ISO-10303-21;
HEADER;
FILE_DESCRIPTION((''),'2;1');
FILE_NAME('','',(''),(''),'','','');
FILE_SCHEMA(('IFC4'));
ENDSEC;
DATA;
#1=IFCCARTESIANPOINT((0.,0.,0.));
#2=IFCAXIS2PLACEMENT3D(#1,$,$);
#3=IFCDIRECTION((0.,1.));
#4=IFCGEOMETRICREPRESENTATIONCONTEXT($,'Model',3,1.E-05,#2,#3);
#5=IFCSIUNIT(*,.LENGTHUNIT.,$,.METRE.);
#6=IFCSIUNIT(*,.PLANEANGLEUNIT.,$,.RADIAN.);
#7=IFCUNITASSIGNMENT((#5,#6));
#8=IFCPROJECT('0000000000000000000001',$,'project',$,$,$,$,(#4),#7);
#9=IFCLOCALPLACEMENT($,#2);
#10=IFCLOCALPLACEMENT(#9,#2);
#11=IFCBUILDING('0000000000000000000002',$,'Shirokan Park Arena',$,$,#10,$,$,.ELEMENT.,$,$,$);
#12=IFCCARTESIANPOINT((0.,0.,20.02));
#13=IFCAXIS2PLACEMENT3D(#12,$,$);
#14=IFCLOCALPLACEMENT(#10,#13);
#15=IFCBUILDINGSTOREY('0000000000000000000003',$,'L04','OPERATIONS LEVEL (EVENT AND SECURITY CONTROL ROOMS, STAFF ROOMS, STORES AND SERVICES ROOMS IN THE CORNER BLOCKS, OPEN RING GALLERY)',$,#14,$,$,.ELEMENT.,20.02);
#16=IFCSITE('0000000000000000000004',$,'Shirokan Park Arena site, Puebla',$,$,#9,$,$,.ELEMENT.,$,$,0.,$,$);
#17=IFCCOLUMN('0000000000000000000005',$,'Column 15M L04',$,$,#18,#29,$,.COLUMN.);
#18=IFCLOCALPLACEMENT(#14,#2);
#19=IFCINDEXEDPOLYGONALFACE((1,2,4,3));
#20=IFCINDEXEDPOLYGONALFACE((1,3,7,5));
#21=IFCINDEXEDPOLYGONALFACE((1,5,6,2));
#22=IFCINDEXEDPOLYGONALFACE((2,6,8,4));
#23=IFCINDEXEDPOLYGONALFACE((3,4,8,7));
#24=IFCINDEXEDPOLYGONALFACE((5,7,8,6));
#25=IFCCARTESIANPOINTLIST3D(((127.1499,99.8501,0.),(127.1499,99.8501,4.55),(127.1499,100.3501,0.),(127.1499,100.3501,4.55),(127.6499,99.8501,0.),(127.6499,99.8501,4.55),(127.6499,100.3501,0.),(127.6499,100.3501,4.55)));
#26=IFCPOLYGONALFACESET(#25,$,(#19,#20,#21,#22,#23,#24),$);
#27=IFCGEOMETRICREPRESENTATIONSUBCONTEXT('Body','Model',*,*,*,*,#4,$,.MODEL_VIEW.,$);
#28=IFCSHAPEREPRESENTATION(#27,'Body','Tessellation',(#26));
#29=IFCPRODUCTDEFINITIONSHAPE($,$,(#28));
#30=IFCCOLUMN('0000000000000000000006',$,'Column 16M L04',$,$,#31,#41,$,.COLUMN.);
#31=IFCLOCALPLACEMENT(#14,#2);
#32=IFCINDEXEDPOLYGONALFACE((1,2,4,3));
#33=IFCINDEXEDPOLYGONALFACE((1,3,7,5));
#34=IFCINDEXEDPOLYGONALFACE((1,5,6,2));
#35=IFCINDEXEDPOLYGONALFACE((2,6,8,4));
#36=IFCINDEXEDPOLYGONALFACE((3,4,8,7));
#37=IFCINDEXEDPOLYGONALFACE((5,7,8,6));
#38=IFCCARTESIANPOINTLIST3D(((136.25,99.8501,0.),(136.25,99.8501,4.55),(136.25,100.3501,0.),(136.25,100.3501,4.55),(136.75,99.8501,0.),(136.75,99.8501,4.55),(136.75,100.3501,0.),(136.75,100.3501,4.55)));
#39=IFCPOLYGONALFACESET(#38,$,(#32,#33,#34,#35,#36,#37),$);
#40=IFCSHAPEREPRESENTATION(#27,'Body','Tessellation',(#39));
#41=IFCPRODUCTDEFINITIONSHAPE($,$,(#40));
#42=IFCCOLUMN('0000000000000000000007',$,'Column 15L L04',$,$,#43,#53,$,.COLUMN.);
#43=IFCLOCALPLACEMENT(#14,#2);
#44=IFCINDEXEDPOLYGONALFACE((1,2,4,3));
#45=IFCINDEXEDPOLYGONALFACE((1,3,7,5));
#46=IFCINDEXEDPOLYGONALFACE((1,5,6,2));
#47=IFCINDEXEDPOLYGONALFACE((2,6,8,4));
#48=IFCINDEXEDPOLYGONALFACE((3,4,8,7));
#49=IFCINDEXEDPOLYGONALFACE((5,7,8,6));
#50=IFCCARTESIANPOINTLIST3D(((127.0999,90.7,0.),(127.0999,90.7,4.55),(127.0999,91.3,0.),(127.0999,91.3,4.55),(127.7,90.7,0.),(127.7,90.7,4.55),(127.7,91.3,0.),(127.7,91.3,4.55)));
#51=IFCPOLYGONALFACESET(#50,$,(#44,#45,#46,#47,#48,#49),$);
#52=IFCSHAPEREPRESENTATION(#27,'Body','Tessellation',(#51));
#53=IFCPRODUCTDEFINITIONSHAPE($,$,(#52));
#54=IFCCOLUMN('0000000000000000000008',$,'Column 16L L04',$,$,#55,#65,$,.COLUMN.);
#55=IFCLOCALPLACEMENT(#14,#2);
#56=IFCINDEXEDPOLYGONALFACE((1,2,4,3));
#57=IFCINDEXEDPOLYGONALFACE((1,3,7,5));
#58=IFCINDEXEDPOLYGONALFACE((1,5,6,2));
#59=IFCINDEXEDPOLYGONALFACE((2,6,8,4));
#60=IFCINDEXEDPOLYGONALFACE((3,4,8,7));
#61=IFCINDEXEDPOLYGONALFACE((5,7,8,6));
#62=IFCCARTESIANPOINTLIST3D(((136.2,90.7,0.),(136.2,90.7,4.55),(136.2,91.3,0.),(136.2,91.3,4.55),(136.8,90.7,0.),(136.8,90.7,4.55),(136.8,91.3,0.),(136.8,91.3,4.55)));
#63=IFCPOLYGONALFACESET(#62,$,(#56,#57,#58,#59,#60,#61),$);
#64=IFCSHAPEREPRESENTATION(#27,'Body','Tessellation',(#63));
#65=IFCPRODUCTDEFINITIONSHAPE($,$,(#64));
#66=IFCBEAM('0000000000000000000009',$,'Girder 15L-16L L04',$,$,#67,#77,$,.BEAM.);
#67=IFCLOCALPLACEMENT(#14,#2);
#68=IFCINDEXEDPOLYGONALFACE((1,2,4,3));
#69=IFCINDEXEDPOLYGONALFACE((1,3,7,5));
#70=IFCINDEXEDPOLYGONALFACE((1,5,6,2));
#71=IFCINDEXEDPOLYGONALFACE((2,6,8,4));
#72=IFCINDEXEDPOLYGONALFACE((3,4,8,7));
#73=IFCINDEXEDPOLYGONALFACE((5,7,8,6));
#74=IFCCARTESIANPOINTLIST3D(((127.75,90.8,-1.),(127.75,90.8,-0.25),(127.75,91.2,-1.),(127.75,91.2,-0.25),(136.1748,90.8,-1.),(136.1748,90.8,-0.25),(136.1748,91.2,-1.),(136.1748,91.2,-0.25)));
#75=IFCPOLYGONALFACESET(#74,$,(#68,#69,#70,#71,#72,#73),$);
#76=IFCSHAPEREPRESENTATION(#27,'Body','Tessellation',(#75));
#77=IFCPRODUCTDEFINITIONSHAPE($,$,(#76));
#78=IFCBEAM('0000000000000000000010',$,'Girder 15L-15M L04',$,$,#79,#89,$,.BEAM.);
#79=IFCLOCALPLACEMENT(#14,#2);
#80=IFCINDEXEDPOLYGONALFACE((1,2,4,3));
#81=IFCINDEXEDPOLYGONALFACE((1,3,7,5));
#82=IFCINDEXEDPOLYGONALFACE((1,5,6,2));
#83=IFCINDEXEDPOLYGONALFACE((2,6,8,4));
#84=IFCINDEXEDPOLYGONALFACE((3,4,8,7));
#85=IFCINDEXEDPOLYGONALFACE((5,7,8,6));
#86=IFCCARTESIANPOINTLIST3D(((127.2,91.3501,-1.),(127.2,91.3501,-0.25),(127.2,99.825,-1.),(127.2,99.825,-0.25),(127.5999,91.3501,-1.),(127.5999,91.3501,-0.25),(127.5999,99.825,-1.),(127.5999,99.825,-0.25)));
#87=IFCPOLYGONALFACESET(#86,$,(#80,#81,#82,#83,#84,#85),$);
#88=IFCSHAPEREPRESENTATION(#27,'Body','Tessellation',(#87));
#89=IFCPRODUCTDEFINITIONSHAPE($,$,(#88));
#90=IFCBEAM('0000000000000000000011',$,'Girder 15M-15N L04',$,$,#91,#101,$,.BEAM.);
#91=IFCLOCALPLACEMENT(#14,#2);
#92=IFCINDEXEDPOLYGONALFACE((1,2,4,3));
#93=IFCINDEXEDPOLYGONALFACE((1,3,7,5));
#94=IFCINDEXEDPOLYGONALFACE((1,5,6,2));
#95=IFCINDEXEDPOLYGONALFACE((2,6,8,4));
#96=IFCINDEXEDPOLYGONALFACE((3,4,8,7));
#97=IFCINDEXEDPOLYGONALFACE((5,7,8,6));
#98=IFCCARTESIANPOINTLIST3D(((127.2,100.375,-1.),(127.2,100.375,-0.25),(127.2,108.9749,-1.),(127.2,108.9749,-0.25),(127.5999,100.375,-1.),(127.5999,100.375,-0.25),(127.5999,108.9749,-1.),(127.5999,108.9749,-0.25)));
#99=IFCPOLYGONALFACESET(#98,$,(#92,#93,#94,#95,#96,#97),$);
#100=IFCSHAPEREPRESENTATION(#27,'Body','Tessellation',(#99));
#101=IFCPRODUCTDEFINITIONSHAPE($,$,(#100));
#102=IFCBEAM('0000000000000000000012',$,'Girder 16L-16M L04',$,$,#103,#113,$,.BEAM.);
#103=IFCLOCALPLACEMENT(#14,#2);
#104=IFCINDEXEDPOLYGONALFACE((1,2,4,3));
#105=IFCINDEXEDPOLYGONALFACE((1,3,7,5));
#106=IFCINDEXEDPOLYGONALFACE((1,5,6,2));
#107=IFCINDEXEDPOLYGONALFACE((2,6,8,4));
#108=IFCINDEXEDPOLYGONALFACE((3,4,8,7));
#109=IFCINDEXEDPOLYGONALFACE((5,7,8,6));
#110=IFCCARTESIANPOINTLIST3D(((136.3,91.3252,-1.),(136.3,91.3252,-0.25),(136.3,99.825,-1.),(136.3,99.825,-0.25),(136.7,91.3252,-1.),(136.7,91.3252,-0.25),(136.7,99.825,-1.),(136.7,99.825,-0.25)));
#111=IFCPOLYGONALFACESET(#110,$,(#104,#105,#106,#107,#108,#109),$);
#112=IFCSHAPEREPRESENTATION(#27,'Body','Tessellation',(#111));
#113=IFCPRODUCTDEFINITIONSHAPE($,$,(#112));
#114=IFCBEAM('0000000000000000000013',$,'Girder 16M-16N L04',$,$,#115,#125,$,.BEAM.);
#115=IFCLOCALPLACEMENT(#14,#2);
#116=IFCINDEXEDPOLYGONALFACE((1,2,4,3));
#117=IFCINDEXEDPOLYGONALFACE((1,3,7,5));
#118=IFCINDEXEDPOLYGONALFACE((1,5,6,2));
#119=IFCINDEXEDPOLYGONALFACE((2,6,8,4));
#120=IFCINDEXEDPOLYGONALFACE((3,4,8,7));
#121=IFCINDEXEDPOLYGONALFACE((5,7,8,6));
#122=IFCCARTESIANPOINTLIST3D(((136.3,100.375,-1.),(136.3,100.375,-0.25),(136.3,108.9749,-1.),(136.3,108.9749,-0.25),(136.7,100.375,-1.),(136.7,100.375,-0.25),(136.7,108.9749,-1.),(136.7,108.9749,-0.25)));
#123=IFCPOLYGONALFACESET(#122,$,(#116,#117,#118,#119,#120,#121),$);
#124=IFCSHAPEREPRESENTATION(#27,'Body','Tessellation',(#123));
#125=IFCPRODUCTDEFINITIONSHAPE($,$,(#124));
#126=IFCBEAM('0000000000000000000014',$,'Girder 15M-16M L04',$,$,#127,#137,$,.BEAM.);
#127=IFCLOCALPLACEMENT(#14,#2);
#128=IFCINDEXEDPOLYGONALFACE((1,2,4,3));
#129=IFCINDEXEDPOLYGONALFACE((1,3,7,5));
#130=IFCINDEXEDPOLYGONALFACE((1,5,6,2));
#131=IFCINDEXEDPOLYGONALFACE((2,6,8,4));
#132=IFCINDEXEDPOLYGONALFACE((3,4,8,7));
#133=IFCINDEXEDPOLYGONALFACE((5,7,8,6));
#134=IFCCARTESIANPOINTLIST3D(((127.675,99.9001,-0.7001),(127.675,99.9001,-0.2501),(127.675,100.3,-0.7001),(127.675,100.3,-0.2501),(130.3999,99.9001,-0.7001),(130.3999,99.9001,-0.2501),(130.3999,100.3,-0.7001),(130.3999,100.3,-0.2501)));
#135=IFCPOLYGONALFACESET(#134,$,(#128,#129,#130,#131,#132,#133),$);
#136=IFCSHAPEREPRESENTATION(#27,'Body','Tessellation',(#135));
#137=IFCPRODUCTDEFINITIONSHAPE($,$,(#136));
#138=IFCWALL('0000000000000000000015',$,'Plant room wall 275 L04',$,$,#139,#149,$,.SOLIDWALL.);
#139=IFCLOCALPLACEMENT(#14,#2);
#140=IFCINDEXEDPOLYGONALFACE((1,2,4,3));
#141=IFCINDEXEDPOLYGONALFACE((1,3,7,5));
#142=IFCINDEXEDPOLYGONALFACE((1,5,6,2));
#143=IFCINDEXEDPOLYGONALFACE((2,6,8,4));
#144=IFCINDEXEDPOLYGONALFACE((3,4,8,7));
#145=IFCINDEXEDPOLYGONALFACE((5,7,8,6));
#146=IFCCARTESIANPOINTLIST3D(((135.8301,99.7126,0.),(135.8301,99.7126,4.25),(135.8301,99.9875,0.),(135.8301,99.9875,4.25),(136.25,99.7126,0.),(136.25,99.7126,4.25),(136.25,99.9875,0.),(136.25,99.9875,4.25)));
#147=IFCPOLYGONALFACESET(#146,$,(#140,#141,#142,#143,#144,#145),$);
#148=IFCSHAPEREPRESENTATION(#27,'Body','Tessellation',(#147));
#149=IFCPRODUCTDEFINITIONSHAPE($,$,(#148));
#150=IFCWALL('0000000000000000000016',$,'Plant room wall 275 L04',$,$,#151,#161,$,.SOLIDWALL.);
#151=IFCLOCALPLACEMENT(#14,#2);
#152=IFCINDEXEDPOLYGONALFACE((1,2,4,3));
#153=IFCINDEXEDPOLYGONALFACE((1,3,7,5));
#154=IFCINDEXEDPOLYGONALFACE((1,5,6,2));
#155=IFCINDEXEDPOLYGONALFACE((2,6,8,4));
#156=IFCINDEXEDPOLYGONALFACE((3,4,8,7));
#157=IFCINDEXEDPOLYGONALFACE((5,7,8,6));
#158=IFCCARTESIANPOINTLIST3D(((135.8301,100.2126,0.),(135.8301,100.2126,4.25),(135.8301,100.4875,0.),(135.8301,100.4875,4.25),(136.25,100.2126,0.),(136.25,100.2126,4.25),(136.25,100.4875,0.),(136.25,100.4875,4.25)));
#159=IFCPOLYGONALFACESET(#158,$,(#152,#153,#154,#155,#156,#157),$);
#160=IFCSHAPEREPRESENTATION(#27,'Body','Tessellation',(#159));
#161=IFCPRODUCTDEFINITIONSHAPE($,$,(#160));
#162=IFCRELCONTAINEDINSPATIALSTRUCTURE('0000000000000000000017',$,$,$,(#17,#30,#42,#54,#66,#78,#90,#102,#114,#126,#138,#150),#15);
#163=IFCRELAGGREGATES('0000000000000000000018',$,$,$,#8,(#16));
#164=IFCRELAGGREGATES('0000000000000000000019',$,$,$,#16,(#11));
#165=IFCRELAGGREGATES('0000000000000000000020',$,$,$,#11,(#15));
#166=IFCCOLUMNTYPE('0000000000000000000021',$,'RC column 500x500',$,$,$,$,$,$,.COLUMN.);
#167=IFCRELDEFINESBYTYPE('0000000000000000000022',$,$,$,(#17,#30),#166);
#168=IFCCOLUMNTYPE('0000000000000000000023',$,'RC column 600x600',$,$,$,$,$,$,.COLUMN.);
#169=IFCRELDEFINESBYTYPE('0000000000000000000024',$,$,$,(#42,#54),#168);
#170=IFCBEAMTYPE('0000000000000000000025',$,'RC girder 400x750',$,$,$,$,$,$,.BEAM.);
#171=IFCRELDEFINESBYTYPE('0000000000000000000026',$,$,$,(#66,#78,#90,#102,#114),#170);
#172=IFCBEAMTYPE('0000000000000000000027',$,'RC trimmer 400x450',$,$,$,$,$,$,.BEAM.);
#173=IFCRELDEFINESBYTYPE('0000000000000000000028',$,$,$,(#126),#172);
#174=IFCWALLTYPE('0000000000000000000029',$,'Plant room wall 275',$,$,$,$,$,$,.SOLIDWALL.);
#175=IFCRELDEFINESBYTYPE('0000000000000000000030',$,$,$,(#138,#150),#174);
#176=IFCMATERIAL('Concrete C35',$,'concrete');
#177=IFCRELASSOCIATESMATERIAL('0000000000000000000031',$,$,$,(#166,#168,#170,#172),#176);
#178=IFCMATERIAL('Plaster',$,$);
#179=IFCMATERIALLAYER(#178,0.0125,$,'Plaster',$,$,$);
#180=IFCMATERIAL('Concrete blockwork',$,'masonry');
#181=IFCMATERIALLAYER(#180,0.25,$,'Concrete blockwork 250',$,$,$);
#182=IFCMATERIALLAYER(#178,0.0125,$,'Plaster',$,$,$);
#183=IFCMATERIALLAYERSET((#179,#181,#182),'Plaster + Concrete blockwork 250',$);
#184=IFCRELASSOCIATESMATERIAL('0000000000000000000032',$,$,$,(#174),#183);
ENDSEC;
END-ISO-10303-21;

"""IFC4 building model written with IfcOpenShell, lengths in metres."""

from ifc_helpers import new_model, si_unit, direction, frame, frame_2d, origin, origin_2d, place, context, subcontext, project, spatial, rectangle, extrude, material, layer, layer_set, material_profile, profile_set, type_object, element, save


model = new_model("IFC4")

# Units and contexts
model_context = context("Model", 3, precision=1e-05, world=origin(), true_north=direction((0.0, 1.0)))
body_context = subcontext(model_context, "Body", "Model", "MODEL_VIEW")
ifc_project = project(units=[si_unit("LENGTHUNIT", "METRE"), si_unit("PLANEANGLEUNIT", "RADIAN")], contexts=[model_context])

# Site, building, storey
site_placement = place(None, origin())
site = spatial("IfcSite", under=ifc_project, at=site_placement, Name="Shirokan Park Arena site, Puebla", CompositionType="ELEMENT", RefElevation=0.0)
building_placement = place(site_placement, origin())
building = spatial("IfcBuilding", under=site, at=building_placement, Name="Shirokan Park Arena", CompositionType="ELEMENT")
storey_placement = place(building_placement, frame((0.0, 0.0, 20.02)))
storey = spatial("IfcBuildingStorey", under=building, at=storey_placement, Name="L04", Description="OPERATIONS LEVEL (EVENT AND SECURITY CONTROL ROOMS, STAFF ROOMS, STORES AND SERVICES ROOMS IN THE CORNER BLOCKS, OPEN RING GALLERY)", CompositionType="ELEMENT", Elevation=20.02)

# Columns
ifc_material_1 = material(Name="Concrete C35", Category="concrete")
ifc_material_profile_1 = material_profile(ifc_material_1, rectangle(XDim=0.5, YDim=0.5, at=origin_2d()), Name="500x500")
ifc_profile_set_1 = profile_set([ifc_material_profile_1], Name="Concrete C35")
column_type_1 = type_object("IfcColumnType", Name="RC column 500x500", PredefinedType="COLUMN", material=ifc_profile_set_1)
for number, where, z_axis, x_axis, name in (
    (1, (127.3999, 100.1001, 0.0), (0.0, 0.0, 1.0), (1.0, 0.0, 0.0), "Column 15M L04"),
    (2, (136.5, 100.1001, 0.0), (0.0, 0.0, 1.0), (1.0, 0.0, 0.0), "Column 16M L04"),
):
    element("IfcColumn", number, at=place(storey_placement, frame(where, z_axis=z_axis, x_axis=x_axis)), inside=storey, type_object=column_type_1, Name=name, PredefinedType="COLUMN", context=body_context, shape_type="SweptSolid", body=[
        extrude(rectangle(XDim=0.5, YDim=0.5, at=origin_2d()), origin(), (0.0, 0.0, 1.0), 4.55),
    ])
ifc_material_profile_2 = material_profile(ifc_material_1, rectangle(XDim=0.6001, YDim=0.6001, at=origin_2d()), Name="600x600")
ifc_profile_set_2 = profile_set([ifc_material_profile_2], Name="Concrete C35")
column_type_2 = type_object("IfcColumnType", Name="RC column 600x600", PredefinedType="COLUMN", material=ifc_profile_set_2)
for number, where, z_axis, x_axis, name in (
    (3, (127.3999, 91.0, 0.0), (0.0, 0.0, 1.0), (1.0, 0.0, 0.0), "Column 15L L04"),
    (4, (136.5, 91.0, 0.0), (0.0, 0.0, 1.0), (1.0, 0.0, 0.0), "Column 16L L04"),
):
    element("IfcColumn", number, at=place(storey_placement, frame(where, z_axis=z_axis, x_axis=x_axis)), inside=storey, type_object=column_type_2, Name=name, PredefinedType="COLUMN", context=body_context, shape_type="SweptSolid", body=[
        extrude(rectangle(XDim=0.6001, YDim=0.6001, at=origin_2d()), origin(), (0.0, 0.0, 1.0), 4.55),
    ])

# Beams
ifc_material_profile_3 = material_profile(ifc_material_1, rectangle(XDim=0.3999, YDim=0.75, at=origin_2d()), Name="400x750")
ifc_profile_set_3 = profile_set([ifc_material_profile_3], Name="Concrete C35")
beam_type_1 = type_object("IfcBeamType", Name="RC girder 400x750", PredefinedType="BEAM", material=ifc_profile_set_3)
beam_1_placement = place(storey_placement, frame((127.75, 91.0, -0.625), z_axis=(1.0, 0.0, 0.0), x_axis=(0.0, 1.0, 0.0)))
element("IfcBeam", 5, at=beam_1_placement, inside=storey, type_object=beam_type_1, Name="Girder 15L-16L L04", PredefinedType="BEAM", context=body_context, shape_type="SweptSolid", body=[
    extrude(rectangle(XDim=0.3999, YDim=0.75, at=origin_2d()), origin(), (0.0, 0.0, 1.0), 8.4248),
])
beam_2_placement = place(storey_placement, frame((127.3999, 91.3501, -0.625), z_axis=(0.0, 1.0, 0.0), x_axis=(-1.0, 0.0, 0.0)))
element("IfcBeam", 6, at=beam_2_placement, inside=storey, type_object=beam_type_1, Name="Girder 15L-15M L04", PredefinedType="BEAM", context=body_context, shape_type="SweptSolid", body=[
    extrude(rectangle(XDim=0.3999, YDim=0.75, at=origin_2d()), origin(), (0.0, 0.0, 1.0), 8.4749),
])
beam_3_placement = place(storey_placement, frame((127.3999, 100.375, -0.625), z_axis=(0.0, 1.0, 0.0), x_axis=(-1.0, 0.0, 0.0)))
element("IfcBeam", 7, at=beam_3_placement, inside=storey, type_object=beam_type_1, Name="Girder 15M-15N L04", PredefinedType="BEAM", context=body_context, shape_type="SweptSolid", body=[
    extrude(rectangle(XDim=0.3999, YDim=0.75, at=origin_2d()), origin(), (0.0, 0.0, 1.0), 8.5999),
])
beam_4_placement = place(storey_placement, frame((136.5, 91.3252, -0.625), z_axis=(0.0, 1.0, 0.0), x_axis=(-1.0, 0.0, 0.0)))
element("IfcBeam", 8, at=beam_4_placement, inside=storey, type_object=beam_type_1, Name="Girder 16L-16M L04", PredefinedType="BEAM", context=body_context, shape_type="SweptSolid", body=[
    extrude(rectangle(XDim=0.3999, YDim=0.75, at=origin_2d()), origin(), (0.0, 0.0, 1.0), 8.4998),
])
beam_5_placement = place(storey_placement, frame((136.5, 100.375, -0.625), z_axis=(0.0, 1.0, 0.0), x_axis=(-1.0, 0.0, 0.0)))
element("IfcBeam", 9, at=beam_5_placement, inside=storey, type_object=beam_type_1, Name="Girder 16M-16N L04", PredefinedType="BEAM", context=body_context, shape_type="SweptSolid", body=[
    extrude(rectangle(XDim=0.3999, YDim=0.75, at=origin_2d()), origin(), (0.0, 0.0, 1.0), 8.5999),
])
ifc_material_profile_4 = material_profile(ifc_material_1, rectangle(XDim=0.3999, YDim=0.45, at=origin_2d()), Name="400x450")
ifc_profile_set_4 = profile_set([ifc_material_profile_4], Name="Concrete C35")
beam_type_2 = type_object("IfcBeamType", Name="RC trimmer 400x450", PredefinedType="BEAM", material=ifc_profile_set_4)
beam_6_placement = place(storey_placement, frame((127.675, 100.1001, -0.4751), z_axis=(1.0, 0.0, 0.0), x_axis=(0.0, 1.0, 0.0)))
element("IfcBeam", 10, at=beam_6_placement, inside=storey, type_object=beam_type_2, Name="Girder 15M-16M L04", PredefinedType="BEAM", context=body_context, shape_type="SweptSolid", body=[
    extrude(rectangle(XDim=0.3999, YDim=0.45, at=origin_2d()), origin(), (0.0, 0.0, 1.0), 2.7249),
])

# Shared definitions
ifc_material_2 = material(Name="Plaster")
ifc_layer_1 = layer(ifc_material_2, 0.0125, Name="Plaster")
ifc_material_3 = material(Name="Concrete blockwork", Category="masonry")
ifc_layer_2 = layer(ifc_material_3, 0.25, Name="Concrete blockwork 250")
ifc_layer_3 = layer(ifc_material_2, 0.0125, Name="Plaster")
ifc_layer_set_1 = layer_set([ifc_layer_1, ifc_layer_2, ifc_layer_3], Name="Plaster + Concrete blockwork 250")
wall_type_1 = type_object("IfcWallType", Name="Plant room wall 275", PredefinedType="SOLIDWALL", material=ifc_layer_set_1)

# Walls
for number, where, z_axis, x_axis, name in (
    (11, (135.8301, 99.8501, 0.0), (0.0, 0.0, 1.0), (1.0, 0.0, 0.0), "Plant room wall 275 L04"),
    (12, (136.25, 100.3501, 0.0), (0.0, 0.0, 1.0), (-1.0, 0.0, 0.0), "Plant room wall 275 L04"),
):
    element("IfcWall", number, at=place(storey_placement, frame(where, z_axis=z_axis, x_axis=x_axis)), inside=storey, type_object=wall_type_1, Name=name, PredefinedType="SOLIDWALL", context=body_context, shape_type="SweptSolid", body=[
        extrude(rectangle(XDim=0.4199, YDim=0.2749, at=frame_2d((0.21, 0.0))), origin(), (0.0, 0.0, 1.0), 4.25),
    ])

save(model, "model.ifc")
